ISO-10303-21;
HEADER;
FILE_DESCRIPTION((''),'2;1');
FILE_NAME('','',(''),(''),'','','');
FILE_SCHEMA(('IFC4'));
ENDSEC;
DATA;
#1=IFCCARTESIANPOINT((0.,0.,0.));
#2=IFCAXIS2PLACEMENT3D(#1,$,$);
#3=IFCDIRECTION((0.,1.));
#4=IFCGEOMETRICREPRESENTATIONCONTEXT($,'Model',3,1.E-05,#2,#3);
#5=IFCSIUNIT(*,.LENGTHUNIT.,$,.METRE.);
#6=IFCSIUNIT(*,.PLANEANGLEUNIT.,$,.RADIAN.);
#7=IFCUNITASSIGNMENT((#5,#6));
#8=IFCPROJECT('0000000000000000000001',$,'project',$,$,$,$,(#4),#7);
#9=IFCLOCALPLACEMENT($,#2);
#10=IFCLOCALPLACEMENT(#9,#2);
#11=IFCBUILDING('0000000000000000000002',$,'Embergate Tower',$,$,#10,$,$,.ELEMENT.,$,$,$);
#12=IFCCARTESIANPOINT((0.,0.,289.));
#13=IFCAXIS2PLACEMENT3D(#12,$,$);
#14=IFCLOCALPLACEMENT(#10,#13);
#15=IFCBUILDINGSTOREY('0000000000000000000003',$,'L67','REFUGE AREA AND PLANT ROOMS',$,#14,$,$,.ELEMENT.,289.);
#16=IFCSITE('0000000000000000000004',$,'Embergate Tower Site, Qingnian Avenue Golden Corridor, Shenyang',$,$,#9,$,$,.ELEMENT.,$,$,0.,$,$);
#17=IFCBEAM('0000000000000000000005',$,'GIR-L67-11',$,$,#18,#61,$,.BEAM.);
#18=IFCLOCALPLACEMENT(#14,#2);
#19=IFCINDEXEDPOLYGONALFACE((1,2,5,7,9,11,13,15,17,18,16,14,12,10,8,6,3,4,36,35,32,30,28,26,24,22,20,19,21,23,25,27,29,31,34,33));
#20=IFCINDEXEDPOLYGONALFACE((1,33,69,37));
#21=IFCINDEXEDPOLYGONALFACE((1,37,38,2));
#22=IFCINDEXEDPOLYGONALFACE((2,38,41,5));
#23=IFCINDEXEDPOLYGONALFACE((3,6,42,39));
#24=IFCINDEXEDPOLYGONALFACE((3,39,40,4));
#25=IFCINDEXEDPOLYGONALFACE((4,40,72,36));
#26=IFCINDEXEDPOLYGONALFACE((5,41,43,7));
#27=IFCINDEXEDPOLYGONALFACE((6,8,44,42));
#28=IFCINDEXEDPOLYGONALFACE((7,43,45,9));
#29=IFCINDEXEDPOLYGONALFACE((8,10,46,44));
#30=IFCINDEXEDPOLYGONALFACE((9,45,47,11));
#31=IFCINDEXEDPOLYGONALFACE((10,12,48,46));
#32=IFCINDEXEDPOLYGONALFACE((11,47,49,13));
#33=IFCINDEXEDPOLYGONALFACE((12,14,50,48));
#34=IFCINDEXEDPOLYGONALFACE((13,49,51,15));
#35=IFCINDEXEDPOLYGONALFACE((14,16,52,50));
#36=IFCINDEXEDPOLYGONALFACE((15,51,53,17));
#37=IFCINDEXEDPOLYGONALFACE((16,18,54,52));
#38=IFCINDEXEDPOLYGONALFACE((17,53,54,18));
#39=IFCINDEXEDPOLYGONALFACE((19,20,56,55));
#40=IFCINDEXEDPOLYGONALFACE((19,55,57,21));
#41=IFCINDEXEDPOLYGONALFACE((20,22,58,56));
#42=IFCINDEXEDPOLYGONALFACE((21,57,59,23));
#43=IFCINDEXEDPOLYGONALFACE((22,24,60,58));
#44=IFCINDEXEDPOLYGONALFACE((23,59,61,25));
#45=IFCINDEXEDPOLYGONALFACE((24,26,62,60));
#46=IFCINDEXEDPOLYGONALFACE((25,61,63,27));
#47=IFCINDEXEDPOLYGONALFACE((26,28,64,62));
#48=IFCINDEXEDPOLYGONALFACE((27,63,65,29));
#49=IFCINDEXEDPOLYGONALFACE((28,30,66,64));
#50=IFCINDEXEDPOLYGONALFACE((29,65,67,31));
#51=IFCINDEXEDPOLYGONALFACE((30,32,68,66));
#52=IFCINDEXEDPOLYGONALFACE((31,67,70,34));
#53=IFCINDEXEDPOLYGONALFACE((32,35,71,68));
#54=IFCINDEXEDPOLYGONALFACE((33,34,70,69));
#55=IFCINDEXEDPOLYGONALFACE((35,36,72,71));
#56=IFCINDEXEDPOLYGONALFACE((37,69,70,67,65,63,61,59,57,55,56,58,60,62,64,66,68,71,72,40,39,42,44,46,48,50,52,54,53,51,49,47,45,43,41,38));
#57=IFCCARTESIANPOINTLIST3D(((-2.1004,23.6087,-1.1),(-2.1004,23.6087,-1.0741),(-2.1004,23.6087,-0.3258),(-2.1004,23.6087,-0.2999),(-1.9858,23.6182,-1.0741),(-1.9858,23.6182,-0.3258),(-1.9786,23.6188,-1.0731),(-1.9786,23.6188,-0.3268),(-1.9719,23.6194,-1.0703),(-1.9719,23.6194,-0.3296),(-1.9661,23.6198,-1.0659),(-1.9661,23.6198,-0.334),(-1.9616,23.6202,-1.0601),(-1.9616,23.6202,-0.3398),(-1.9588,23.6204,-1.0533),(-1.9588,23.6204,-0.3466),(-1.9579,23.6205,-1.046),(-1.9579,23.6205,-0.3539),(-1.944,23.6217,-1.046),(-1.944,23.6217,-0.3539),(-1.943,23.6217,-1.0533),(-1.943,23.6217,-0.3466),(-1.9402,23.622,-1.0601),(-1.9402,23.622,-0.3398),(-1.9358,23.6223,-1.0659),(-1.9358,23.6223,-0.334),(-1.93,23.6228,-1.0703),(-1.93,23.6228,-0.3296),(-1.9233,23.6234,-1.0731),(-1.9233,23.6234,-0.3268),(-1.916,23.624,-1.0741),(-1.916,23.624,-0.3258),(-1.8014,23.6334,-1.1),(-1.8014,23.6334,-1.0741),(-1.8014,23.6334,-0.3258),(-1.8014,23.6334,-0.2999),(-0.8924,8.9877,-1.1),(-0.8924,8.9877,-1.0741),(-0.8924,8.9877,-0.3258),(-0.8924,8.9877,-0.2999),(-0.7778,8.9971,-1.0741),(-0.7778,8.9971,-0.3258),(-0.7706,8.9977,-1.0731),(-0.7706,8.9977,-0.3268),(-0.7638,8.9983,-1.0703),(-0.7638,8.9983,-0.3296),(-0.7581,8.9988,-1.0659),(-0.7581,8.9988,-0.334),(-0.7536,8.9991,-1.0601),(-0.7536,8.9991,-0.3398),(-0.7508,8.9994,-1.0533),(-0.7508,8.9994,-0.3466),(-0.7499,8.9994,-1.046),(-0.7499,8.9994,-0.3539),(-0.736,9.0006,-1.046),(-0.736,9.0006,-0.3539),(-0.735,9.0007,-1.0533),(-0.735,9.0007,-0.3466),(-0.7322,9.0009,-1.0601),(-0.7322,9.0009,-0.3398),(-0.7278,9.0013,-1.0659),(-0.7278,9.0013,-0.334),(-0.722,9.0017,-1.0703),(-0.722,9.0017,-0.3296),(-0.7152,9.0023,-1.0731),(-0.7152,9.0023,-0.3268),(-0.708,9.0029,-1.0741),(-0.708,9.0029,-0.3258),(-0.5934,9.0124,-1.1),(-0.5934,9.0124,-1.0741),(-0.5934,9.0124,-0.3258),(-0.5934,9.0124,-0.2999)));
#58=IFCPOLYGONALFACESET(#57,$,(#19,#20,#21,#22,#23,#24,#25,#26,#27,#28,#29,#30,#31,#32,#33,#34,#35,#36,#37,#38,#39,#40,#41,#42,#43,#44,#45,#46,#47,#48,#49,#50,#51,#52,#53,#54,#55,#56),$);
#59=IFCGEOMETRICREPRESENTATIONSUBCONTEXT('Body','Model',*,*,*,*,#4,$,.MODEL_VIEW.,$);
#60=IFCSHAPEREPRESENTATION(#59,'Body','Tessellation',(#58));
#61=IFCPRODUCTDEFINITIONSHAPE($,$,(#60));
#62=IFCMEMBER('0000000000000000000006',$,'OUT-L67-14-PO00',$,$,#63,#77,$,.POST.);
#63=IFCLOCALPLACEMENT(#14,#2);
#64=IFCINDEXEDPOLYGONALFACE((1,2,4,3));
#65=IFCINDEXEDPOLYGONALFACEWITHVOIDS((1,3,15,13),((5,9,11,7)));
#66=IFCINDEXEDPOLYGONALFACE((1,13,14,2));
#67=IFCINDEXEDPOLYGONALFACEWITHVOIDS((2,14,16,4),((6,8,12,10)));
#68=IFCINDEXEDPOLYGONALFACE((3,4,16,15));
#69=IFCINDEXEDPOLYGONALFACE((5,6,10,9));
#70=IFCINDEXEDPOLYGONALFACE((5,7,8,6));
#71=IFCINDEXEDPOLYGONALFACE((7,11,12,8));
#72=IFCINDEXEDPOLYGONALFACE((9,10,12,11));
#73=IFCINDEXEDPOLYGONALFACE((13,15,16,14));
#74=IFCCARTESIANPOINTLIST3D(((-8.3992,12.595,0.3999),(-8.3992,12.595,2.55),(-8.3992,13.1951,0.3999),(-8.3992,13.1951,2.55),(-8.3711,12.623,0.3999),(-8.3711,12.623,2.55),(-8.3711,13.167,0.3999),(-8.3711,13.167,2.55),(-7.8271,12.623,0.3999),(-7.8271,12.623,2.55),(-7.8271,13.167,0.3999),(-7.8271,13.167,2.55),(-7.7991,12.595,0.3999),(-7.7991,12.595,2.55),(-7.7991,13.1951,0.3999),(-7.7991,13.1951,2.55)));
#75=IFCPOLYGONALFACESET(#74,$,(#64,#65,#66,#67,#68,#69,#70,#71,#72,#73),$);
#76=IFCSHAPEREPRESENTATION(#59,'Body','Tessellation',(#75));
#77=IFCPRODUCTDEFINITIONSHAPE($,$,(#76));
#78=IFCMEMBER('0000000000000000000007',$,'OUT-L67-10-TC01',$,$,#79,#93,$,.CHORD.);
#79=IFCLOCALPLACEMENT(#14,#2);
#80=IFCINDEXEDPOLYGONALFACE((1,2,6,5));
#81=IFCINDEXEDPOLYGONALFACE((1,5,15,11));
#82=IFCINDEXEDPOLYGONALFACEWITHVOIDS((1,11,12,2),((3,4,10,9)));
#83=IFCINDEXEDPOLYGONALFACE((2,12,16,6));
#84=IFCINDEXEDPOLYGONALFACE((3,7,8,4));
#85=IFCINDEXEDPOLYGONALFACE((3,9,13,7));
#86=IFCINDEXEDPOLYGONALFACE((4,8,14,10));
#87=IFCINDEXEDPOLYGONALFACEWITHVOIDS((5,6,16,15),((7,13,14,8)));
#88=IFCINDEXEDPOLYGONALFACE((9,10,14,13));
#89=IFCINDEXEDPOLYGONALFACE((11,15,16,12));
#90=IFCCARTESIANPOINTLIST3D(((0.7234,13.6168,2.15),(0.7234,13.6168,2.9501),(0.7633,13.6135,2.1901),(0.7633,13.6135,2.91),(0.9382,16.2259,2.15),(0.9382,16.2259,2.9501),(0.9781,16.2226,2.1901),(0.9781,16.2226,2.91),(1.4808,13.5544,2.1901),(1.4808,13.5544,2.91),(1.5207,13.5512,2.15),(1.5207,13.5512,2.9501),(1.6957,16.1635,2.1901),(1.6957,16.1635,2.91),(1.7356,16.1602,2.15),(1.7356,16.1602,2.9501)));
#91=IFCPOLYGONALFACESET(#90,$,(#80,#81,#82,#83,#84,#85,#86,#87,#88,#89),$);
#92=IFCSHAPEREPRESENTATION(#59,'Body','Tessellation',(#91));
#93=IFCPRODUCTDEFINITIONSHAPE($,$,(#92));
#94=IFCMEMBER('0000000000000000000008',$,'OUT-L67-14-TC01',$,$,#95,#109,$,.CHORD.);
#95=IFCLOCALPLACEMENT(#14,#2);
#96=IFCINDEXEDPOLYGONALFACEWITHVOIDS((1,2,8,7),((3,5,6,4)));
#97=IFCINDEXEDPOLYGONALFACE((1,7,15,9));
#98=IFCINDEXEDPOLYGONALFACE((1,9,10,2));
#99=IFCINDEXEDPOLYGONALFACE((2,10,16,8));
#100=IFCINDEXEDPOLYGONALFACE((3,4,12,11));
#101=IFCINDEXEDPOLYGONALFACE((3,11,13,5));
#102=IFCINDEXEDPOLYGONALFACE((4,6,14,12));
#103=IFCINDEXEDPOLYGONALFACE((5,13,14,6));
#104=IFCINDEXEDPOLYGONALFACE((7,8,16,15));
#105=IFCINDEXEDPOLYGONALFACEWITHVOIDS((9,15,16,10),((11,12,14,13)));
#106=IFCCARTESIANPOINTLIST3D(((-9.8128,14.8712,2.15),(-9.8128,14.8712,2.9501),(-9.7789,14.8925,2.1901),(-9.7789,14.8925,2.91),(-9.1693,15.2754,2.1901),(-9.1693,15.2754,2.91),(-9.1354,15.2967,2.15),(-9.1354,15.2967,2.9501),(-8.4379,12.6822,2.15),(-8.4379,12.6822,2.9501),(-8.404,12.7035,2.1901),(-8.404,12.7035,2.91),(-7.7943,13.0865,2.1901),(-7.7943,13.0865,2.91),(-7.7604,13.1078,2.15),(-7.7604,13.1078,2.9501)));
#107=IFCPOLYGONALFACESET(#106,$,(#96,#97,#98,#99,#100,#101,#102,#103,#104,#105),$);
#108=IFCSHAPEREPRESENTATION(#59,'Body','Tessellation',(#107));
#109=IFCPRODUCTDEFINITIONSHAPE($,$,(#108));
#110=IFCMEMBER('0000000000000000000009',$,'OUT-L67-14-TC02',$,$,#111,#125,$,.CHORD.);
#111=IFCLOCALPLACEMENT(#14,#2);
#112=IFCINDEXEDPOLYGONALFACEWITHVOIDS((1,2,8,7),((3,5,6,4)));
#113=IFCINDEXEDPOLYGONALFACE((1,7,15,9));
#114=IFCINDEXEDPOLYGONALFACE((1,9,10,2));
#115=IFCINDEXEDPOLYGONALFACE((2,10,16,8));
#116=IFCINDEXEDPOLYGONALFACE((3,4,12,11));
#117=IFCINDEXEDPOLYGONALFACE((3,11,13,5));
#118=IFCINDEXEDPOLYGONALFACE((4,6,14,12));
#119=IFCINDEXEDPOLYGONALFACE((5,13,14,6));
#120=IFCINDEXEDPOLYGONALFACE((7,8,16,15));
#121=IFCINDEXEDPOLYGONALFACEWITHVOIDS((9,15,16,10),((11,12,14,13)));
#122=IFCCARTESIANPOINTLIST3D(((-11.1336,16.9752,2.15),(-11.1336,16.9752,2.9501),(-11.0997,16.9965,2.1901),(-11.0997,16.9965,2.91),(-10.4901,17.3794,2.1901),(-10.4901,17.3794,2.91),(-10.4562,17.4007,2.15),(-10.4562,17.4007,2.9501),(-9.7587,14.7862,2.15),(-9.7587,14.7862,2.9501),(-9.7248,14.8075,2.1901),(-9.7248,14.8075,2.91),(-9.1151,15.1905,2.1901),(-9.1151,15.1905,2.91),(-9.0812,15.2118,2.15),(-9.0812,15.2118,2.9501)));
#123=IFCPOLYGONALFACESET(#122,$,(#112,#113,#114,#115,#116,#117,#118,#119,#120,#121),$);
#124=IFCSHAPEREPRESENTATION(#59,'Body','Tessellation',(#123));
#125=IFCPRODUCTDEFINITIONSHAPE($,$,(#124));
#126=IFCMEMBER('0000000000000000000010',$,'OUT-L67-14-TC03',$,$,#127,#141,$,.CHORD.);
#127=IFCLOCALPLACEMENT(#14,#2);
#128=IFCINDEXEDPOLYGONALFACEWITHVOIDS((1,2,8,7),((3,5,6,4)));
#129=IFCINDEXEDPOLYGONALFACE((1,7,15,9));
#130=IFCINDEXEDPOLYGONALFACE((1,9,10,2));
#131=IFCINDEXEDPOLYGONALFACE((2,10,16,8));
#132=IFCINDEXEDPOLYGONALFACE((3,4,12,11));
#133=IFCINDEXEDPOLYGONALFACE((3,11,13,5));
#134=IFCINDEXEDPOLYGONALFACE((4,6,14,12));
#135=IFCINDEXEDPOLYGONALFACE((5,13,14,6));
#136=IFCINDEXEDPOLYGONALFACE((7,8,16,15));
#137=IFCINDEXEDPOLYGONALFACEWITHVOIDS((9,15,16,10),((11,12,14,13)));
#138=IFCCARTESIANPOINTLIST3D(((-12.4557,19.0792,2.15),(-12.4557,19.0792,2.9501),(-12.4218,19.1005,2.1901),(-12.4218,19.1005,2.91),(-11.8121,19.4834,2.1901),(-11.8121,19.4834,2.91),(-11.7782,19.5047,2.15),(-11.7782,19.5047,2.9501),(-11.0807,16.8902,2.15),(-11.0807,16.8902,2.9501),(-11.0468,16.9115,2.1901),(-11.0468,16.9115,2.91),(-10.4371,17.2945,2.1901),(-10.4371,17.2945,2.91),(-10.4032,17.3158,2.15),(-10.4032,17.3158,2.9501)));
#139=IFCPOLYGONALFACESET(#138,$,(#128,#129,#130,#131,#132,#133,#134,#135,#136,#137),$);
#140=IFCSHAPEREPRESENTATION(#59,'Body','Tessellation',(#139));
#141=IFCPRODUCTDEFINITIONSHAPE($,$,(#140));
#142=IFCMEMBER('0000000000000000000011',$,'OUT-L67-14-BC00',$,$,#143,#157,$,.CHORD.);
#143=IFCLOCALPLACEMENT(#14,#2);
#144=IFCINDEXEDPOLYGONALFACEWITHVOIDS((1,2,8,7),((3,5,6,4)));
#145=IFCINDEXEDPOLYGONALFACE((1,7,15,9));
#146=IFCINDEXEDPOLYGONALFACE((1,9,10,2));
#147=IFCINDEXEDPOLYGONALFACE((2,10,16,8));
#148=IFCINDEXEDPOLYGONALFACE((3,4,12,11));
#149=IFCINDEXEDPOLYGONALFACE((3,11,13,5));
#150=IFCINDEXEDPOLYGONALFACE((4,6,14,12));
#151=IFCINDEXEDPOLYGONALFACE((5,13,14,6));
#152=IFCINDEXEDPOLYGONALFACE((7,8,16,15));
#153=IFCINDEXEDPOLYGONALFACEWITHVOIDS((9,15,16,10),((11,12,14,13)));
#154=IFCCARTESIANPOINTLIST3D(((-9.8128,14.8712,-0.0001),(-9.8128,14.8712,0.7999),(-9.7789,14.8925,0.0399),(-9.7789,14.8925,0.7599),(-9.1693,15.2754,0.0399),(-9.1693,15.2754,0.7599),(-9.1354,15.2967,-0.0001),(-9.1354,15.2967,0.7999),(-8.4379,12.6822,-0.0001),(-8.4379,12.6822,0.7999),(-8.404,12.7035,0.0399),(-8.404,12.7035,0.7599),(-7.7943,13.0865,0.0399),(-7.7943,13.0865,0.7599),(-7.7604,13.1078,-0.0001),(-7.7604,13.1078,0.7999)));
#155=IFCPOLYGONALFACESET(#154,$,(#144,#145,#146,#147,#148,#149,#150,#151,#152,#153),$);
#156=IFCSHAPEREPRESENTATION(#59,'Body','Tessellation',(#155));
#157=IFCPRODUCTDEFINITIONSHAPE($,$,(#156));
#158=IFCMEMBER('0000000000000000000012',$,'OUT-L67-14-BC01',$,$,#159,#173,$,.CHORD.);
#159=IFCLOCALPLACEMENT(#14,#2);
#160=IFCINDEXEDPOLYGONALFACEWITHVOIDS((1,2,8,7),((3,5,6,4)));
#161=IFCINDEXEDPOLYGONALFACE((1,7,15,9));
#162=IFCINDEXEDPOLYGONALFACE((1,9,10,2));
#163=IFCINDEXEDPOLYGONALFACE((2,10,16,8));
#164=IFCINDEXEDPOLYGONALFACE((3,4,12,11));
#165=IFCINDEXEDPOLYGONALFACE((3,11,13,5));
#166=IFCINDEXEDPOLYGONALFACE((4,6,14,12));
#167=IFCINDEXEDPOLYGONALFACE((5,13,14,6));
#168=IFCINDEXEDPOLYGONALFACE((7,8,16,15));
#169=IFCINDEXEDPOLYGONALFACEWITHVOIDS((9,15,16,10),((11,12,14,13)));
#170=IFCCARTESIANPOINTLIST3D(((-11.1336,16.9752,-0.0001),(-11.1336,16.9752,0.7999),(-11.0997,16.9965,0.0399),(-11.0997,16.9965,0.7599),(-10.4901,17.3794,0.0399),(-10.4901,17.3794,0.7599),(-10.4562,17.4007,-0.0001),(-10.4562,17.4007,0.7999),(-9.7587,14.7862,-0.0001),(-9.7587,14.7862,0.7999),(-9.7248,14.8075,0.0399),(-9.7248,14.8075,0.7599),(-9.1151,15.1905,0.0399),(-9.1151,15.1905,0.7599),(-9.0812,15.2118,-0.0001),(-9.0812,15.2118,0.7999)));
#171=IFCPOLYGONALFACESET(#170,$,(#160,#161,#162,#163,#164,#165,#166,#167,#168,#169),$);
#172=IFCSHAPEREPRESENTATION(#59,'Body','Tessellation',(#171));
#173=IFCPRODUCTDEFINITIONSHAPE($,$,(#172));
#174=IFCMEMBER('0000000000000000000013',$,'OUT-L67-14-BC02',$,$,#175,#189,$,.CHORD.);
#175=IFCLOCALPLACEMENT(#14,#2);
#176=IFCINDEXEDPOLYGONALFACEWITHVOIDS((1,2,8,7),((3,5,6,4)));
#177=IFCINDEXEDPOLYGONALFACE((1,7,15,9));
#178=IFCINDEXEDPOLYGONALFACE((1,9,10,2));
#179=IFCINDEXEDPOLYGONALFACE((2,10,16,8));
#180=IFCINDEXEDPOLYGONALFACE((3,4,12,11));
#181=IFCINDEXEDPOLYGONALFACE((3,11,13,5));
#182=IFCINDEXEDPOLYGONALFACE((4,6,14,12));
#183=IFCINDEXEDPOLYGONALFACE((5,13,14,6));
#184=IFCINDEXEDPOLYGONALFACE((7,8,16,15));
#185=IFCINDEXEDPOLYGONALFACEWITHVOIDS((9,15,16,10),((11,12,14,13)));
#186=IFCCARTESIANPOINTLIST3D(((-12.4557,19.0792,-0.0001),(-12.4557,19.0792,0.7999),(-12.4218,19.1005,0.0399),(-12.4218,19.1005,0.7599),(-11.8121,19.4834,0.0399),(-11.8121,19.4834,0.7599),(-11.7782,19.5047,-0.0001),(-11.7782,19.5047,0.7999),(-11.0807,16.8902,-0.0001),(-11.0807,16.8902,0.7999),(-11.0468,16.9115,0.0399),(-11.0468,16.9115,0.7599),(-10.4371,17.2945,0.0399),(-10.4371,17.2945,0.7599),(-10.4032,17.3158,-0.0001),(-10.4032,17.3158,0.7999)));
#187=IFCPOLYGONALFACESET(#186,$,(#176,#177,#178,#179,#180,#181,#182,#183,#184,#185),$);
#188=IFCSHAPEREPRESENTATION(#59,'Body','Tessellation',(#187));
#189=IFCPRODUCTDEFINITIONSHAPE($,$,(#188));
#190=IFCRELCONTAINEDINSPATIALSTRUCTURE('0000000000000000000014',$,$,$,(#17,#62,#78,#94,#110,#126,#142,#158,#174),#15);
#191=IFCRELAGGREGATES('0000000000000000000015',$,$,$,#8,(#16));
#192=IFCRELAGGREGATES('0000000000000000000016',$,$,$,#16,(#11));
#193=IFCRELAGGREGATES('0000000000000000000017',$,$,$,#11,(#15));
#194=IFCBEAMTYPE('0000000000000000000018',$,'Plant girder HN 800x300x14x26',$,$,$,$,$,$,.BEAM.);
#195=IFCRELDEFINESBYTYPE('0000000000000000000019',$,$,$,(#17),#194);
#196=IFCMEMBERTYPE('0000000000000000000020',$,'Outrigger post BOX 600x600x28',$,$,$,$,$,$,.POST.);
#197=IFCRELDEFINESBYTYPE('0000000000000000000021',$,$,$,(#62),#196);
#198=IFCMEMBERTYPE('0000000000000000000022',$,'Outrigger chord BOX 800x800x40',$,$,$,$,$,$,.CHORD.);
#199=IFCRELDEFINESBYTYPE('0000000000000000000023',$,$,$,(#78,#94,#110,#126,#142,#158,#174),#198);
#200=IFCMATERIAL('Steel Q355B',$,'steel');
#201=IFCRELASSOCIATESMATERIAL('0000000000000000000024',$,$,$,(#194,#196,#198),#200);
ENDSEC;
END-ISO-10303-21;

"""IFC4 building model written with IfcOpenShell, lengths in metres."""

from ifc_helpers import new_model, si_unit, direction, frame, origin, origin_2d, place, context, subcontext, project, spatial, hollow_rectangle, i_section, extrude, source, transform, mapped, material, material_profile, profile_set, type_object, element, save


model = new_model("IFC4")

# Units and contexts
model_context = context("Model", 3, precision=1e-05, world=origin(), true_north=direction((0.0, 1.0)))
body_context = subcontext(model_context, "Body", "Model", "MODEL_VIEW")
ifc_project = project(units=[si_unit("LENGTHUNIT", "METRE"), si_unit("PLANEANGLEUNIT", "RADIAN")], contexts=[model_context])

# Site, building, storey
site_placement = place(None, origin())
site = spatial("IfcSite", under=ifc_project, at=site_placement, Name="Embergate Tower Site, Qingnian Avenue Golden Corridor, Shenyang", CompositionType="ELEMENT", RefElevation=0.0)
building_placement = place(site_placement, origin())
building = spatial("IfcBuilding", under=site, at=building_placement, Name="Embergate Tower", CompositionType="ELEMENT")
storey_placement = place(building_placement, frame((0.0, 0.0, 289.0)))
storey = spatial("IfcBuildingStorey", under=building, at=storey_placement, Name="L67", Description="REFUGE AREA AND PLANT ROOMS", CompositionType="ELEMENT", Elevation=289.0)

# Beam
ifc_material_1 = material(Name="Steel Q355B", Category="steel")
ifc_material_profile_1 = material_profile(ifc_material_1, i_section(OverallWidth=0.3, OverallDepth=0.8, WebThickness=0.0139, FlangeThickness=0.0259, FilletRadius=0.0281, at=origin_2d()), Name="HN 800x300x14x26")
ifc_profile_set_1 = profile_set([ifc_material_profile_1], Name="Steel Q355 grade B")
beam_type_1 = type_object("IfcBeamType", Name="Plant girder HN 800x300x14x26", PredefinedType="BEAM", material=ifc_profile_set_1)
shared_shape_1 = source(origin(), body_context, "Body", "SweptSolid", [
    extrude(i_section(OverallWidth=0.3, OverallDepth=0.8, WebThickness=0.0139, FlangeThickness=0.0259, FilletRadius=0.0281, at=origin_2d()), origin(), (0.0, 0.0, 1.0), 14.6709),
])
beam_1_placement = place(storey_placement, frame((-1.9509, 23.6211, -0.7), z_axis=(0.08234, -0.996604, 0.0), x_axis=(0.996604, 0.08234, 0.0)))
element("IfcBeam", 1, at=beam_1_placement, inside=storey, type_object=beam_type_1, Name="GIR-L67-11", PredefinedType="BEAM", context=body_context, shape_type="MappedRepresentation", body=[
    mapped(shared_shape_1, transform((0.0, 0.0, 0.0))),
])

# Members
ifc_material_profile_2 = material_profile(ifc_material_1, hollow_rectangle(XDim=0.6001, YDim=0.6001, WallThickness=0.0281, at=origin_2d()), Name="BOX 600x600x28")
ifc_profile_set_2 = profile_set([ifc_material_profile_2], Name="Steel Q355 grade B")
member_type_1 = type_object("IfcMemberType", Name="Outrigger post BOX 600x600x28", PredefinedType="POST", material=ifc_profile_set_2)
shared_shape_2 = source(origin(), body_context, "Body", "SweptSolid", [
    extrude(hollow_rectangle(XDim=0.6001, YDim=0.6001, WallThickness=0.0281, at=origin_2d()), origin(), (0.0, 0.0, 1.0), 2.1501),
])
member_1_placement = place(storey_placement, frame((-8.0991, 12.895, 0.3999), z_axis=(0.0, 0.0, 1.0), x_axis=(1.0, 0.0, 0.0)))
element("IfcMember", 2, at=member_1_placement, inside=storey, type_object=member_type_1, Name="OUT-L67-14-PO00", PredefinedType="POST", context=body_context, shape_type="MappedRepresentation", body=[
    mapped(shared_shape_2, transform((0.0, 0.0, 0.0))),
])
ifc_material_profile_3 = material_profile(ifc_material_1, hollow_rectangle(XDim=0.8, YDim=0.8, WallThickness=0.04, at=origin_2d()), Name="BOX 800x800x40")
ifc_profile_set_3 = profile_set([ifc_material_profile_3], Name="Steel Q355 grade B")
member_type_2 = type_object("IfcMemberType", Name="Outrigger chord BOX 800x800x40", PredefinedType="CHORD", material=ifc_profile_set_3)
shared_shape_3 = source(origin(), body_context, "Body", "SweptSolid", [
    extrude(hollow_rectangle(XDim=0.8, YDim=0.8, WallThickness=0.04, at=origin_2d()), origin(), (0.0, 0.0, 1.0), 2.6179),
])
member_2_placement = place(storey_placement, frame((1.1221, 13.584, 2.55), z_axis=(0.082065, 0.996627, 0.0), x_axis=(-0.996627, 0.082065, 0.0)))
element("IfcMember", 3, at=member_2_placement, inside=storey, type_object=member_type_2, Name="OUT-L67-10-TC01", PredefinedType="CHORD", context=body_context, shape_type="MappedRepresentation", body=[
    mapped(shared_shape_3, transform((0.0, 0.0, 0.0))),
])
shared_shape_4 = source(origin(), body_context, "Body", "SweptSolid", [
    extrude(hollow_rectangle(XDim=0.8, YDim=0.8, WallThickness=0.04, at=origin_2d()), origin(), (0.0, 0.0, 1.0), 2.585),
])
for number, where, z_axis, x_axis, name in (
    (4, (-8.0991, 12.895, 2.55), (-0.531916, 0.846797, 0.0), (-0.846797, -0.531916, 0.0), "OUT-L67-14-TC01"),
    (5, (-9.4199, 14.999, 2.55), (-0.531916, 0.846797, 0.0), (-0.846797, -0.531916, 0.0), "OUT-L67-14-TC02"),
    (6, (-10.7419, 17.103, 2.55), (-0.531916, 0.846797, 0.0), (-0.846797, -0.531916, 0.0), "OUT-L67-14-TC03"),
    (7, (-8.0991, 12.895, 0.3999), (-0.531916, 0.846797, 0.0), (-0.846797, -0.531916, 0.0), "OUT-L67-14-BC00"),
    (8, (-9.4199, 14.999, 0.3999), (-0.531916, 0.846797, 0.0), (-0.846797, -0.531916, 0.0), "OUT-L67-14-BC01"),
    (9, (-10.7419, 17.103, 0.3999), (-0.531916, 0.846797, 0.0), (-0.846797, -0.531916, 0.0), "OUT-L67-14-BC02"),
):
    element("IfcMember", number, at=place(storey_placement, frame(where, z_axis=z_axis, x_axis=x_axis)), inside=storey, type_object=member_type_2, Name=name, PredefinedType="CHORD", context=body_context, shape_type="MappedRepresentation", body=[
        mapped(shared_shape_4, transform((0.0, 0.0, 0.0))),
    ])

save(model, "model.ifc")
